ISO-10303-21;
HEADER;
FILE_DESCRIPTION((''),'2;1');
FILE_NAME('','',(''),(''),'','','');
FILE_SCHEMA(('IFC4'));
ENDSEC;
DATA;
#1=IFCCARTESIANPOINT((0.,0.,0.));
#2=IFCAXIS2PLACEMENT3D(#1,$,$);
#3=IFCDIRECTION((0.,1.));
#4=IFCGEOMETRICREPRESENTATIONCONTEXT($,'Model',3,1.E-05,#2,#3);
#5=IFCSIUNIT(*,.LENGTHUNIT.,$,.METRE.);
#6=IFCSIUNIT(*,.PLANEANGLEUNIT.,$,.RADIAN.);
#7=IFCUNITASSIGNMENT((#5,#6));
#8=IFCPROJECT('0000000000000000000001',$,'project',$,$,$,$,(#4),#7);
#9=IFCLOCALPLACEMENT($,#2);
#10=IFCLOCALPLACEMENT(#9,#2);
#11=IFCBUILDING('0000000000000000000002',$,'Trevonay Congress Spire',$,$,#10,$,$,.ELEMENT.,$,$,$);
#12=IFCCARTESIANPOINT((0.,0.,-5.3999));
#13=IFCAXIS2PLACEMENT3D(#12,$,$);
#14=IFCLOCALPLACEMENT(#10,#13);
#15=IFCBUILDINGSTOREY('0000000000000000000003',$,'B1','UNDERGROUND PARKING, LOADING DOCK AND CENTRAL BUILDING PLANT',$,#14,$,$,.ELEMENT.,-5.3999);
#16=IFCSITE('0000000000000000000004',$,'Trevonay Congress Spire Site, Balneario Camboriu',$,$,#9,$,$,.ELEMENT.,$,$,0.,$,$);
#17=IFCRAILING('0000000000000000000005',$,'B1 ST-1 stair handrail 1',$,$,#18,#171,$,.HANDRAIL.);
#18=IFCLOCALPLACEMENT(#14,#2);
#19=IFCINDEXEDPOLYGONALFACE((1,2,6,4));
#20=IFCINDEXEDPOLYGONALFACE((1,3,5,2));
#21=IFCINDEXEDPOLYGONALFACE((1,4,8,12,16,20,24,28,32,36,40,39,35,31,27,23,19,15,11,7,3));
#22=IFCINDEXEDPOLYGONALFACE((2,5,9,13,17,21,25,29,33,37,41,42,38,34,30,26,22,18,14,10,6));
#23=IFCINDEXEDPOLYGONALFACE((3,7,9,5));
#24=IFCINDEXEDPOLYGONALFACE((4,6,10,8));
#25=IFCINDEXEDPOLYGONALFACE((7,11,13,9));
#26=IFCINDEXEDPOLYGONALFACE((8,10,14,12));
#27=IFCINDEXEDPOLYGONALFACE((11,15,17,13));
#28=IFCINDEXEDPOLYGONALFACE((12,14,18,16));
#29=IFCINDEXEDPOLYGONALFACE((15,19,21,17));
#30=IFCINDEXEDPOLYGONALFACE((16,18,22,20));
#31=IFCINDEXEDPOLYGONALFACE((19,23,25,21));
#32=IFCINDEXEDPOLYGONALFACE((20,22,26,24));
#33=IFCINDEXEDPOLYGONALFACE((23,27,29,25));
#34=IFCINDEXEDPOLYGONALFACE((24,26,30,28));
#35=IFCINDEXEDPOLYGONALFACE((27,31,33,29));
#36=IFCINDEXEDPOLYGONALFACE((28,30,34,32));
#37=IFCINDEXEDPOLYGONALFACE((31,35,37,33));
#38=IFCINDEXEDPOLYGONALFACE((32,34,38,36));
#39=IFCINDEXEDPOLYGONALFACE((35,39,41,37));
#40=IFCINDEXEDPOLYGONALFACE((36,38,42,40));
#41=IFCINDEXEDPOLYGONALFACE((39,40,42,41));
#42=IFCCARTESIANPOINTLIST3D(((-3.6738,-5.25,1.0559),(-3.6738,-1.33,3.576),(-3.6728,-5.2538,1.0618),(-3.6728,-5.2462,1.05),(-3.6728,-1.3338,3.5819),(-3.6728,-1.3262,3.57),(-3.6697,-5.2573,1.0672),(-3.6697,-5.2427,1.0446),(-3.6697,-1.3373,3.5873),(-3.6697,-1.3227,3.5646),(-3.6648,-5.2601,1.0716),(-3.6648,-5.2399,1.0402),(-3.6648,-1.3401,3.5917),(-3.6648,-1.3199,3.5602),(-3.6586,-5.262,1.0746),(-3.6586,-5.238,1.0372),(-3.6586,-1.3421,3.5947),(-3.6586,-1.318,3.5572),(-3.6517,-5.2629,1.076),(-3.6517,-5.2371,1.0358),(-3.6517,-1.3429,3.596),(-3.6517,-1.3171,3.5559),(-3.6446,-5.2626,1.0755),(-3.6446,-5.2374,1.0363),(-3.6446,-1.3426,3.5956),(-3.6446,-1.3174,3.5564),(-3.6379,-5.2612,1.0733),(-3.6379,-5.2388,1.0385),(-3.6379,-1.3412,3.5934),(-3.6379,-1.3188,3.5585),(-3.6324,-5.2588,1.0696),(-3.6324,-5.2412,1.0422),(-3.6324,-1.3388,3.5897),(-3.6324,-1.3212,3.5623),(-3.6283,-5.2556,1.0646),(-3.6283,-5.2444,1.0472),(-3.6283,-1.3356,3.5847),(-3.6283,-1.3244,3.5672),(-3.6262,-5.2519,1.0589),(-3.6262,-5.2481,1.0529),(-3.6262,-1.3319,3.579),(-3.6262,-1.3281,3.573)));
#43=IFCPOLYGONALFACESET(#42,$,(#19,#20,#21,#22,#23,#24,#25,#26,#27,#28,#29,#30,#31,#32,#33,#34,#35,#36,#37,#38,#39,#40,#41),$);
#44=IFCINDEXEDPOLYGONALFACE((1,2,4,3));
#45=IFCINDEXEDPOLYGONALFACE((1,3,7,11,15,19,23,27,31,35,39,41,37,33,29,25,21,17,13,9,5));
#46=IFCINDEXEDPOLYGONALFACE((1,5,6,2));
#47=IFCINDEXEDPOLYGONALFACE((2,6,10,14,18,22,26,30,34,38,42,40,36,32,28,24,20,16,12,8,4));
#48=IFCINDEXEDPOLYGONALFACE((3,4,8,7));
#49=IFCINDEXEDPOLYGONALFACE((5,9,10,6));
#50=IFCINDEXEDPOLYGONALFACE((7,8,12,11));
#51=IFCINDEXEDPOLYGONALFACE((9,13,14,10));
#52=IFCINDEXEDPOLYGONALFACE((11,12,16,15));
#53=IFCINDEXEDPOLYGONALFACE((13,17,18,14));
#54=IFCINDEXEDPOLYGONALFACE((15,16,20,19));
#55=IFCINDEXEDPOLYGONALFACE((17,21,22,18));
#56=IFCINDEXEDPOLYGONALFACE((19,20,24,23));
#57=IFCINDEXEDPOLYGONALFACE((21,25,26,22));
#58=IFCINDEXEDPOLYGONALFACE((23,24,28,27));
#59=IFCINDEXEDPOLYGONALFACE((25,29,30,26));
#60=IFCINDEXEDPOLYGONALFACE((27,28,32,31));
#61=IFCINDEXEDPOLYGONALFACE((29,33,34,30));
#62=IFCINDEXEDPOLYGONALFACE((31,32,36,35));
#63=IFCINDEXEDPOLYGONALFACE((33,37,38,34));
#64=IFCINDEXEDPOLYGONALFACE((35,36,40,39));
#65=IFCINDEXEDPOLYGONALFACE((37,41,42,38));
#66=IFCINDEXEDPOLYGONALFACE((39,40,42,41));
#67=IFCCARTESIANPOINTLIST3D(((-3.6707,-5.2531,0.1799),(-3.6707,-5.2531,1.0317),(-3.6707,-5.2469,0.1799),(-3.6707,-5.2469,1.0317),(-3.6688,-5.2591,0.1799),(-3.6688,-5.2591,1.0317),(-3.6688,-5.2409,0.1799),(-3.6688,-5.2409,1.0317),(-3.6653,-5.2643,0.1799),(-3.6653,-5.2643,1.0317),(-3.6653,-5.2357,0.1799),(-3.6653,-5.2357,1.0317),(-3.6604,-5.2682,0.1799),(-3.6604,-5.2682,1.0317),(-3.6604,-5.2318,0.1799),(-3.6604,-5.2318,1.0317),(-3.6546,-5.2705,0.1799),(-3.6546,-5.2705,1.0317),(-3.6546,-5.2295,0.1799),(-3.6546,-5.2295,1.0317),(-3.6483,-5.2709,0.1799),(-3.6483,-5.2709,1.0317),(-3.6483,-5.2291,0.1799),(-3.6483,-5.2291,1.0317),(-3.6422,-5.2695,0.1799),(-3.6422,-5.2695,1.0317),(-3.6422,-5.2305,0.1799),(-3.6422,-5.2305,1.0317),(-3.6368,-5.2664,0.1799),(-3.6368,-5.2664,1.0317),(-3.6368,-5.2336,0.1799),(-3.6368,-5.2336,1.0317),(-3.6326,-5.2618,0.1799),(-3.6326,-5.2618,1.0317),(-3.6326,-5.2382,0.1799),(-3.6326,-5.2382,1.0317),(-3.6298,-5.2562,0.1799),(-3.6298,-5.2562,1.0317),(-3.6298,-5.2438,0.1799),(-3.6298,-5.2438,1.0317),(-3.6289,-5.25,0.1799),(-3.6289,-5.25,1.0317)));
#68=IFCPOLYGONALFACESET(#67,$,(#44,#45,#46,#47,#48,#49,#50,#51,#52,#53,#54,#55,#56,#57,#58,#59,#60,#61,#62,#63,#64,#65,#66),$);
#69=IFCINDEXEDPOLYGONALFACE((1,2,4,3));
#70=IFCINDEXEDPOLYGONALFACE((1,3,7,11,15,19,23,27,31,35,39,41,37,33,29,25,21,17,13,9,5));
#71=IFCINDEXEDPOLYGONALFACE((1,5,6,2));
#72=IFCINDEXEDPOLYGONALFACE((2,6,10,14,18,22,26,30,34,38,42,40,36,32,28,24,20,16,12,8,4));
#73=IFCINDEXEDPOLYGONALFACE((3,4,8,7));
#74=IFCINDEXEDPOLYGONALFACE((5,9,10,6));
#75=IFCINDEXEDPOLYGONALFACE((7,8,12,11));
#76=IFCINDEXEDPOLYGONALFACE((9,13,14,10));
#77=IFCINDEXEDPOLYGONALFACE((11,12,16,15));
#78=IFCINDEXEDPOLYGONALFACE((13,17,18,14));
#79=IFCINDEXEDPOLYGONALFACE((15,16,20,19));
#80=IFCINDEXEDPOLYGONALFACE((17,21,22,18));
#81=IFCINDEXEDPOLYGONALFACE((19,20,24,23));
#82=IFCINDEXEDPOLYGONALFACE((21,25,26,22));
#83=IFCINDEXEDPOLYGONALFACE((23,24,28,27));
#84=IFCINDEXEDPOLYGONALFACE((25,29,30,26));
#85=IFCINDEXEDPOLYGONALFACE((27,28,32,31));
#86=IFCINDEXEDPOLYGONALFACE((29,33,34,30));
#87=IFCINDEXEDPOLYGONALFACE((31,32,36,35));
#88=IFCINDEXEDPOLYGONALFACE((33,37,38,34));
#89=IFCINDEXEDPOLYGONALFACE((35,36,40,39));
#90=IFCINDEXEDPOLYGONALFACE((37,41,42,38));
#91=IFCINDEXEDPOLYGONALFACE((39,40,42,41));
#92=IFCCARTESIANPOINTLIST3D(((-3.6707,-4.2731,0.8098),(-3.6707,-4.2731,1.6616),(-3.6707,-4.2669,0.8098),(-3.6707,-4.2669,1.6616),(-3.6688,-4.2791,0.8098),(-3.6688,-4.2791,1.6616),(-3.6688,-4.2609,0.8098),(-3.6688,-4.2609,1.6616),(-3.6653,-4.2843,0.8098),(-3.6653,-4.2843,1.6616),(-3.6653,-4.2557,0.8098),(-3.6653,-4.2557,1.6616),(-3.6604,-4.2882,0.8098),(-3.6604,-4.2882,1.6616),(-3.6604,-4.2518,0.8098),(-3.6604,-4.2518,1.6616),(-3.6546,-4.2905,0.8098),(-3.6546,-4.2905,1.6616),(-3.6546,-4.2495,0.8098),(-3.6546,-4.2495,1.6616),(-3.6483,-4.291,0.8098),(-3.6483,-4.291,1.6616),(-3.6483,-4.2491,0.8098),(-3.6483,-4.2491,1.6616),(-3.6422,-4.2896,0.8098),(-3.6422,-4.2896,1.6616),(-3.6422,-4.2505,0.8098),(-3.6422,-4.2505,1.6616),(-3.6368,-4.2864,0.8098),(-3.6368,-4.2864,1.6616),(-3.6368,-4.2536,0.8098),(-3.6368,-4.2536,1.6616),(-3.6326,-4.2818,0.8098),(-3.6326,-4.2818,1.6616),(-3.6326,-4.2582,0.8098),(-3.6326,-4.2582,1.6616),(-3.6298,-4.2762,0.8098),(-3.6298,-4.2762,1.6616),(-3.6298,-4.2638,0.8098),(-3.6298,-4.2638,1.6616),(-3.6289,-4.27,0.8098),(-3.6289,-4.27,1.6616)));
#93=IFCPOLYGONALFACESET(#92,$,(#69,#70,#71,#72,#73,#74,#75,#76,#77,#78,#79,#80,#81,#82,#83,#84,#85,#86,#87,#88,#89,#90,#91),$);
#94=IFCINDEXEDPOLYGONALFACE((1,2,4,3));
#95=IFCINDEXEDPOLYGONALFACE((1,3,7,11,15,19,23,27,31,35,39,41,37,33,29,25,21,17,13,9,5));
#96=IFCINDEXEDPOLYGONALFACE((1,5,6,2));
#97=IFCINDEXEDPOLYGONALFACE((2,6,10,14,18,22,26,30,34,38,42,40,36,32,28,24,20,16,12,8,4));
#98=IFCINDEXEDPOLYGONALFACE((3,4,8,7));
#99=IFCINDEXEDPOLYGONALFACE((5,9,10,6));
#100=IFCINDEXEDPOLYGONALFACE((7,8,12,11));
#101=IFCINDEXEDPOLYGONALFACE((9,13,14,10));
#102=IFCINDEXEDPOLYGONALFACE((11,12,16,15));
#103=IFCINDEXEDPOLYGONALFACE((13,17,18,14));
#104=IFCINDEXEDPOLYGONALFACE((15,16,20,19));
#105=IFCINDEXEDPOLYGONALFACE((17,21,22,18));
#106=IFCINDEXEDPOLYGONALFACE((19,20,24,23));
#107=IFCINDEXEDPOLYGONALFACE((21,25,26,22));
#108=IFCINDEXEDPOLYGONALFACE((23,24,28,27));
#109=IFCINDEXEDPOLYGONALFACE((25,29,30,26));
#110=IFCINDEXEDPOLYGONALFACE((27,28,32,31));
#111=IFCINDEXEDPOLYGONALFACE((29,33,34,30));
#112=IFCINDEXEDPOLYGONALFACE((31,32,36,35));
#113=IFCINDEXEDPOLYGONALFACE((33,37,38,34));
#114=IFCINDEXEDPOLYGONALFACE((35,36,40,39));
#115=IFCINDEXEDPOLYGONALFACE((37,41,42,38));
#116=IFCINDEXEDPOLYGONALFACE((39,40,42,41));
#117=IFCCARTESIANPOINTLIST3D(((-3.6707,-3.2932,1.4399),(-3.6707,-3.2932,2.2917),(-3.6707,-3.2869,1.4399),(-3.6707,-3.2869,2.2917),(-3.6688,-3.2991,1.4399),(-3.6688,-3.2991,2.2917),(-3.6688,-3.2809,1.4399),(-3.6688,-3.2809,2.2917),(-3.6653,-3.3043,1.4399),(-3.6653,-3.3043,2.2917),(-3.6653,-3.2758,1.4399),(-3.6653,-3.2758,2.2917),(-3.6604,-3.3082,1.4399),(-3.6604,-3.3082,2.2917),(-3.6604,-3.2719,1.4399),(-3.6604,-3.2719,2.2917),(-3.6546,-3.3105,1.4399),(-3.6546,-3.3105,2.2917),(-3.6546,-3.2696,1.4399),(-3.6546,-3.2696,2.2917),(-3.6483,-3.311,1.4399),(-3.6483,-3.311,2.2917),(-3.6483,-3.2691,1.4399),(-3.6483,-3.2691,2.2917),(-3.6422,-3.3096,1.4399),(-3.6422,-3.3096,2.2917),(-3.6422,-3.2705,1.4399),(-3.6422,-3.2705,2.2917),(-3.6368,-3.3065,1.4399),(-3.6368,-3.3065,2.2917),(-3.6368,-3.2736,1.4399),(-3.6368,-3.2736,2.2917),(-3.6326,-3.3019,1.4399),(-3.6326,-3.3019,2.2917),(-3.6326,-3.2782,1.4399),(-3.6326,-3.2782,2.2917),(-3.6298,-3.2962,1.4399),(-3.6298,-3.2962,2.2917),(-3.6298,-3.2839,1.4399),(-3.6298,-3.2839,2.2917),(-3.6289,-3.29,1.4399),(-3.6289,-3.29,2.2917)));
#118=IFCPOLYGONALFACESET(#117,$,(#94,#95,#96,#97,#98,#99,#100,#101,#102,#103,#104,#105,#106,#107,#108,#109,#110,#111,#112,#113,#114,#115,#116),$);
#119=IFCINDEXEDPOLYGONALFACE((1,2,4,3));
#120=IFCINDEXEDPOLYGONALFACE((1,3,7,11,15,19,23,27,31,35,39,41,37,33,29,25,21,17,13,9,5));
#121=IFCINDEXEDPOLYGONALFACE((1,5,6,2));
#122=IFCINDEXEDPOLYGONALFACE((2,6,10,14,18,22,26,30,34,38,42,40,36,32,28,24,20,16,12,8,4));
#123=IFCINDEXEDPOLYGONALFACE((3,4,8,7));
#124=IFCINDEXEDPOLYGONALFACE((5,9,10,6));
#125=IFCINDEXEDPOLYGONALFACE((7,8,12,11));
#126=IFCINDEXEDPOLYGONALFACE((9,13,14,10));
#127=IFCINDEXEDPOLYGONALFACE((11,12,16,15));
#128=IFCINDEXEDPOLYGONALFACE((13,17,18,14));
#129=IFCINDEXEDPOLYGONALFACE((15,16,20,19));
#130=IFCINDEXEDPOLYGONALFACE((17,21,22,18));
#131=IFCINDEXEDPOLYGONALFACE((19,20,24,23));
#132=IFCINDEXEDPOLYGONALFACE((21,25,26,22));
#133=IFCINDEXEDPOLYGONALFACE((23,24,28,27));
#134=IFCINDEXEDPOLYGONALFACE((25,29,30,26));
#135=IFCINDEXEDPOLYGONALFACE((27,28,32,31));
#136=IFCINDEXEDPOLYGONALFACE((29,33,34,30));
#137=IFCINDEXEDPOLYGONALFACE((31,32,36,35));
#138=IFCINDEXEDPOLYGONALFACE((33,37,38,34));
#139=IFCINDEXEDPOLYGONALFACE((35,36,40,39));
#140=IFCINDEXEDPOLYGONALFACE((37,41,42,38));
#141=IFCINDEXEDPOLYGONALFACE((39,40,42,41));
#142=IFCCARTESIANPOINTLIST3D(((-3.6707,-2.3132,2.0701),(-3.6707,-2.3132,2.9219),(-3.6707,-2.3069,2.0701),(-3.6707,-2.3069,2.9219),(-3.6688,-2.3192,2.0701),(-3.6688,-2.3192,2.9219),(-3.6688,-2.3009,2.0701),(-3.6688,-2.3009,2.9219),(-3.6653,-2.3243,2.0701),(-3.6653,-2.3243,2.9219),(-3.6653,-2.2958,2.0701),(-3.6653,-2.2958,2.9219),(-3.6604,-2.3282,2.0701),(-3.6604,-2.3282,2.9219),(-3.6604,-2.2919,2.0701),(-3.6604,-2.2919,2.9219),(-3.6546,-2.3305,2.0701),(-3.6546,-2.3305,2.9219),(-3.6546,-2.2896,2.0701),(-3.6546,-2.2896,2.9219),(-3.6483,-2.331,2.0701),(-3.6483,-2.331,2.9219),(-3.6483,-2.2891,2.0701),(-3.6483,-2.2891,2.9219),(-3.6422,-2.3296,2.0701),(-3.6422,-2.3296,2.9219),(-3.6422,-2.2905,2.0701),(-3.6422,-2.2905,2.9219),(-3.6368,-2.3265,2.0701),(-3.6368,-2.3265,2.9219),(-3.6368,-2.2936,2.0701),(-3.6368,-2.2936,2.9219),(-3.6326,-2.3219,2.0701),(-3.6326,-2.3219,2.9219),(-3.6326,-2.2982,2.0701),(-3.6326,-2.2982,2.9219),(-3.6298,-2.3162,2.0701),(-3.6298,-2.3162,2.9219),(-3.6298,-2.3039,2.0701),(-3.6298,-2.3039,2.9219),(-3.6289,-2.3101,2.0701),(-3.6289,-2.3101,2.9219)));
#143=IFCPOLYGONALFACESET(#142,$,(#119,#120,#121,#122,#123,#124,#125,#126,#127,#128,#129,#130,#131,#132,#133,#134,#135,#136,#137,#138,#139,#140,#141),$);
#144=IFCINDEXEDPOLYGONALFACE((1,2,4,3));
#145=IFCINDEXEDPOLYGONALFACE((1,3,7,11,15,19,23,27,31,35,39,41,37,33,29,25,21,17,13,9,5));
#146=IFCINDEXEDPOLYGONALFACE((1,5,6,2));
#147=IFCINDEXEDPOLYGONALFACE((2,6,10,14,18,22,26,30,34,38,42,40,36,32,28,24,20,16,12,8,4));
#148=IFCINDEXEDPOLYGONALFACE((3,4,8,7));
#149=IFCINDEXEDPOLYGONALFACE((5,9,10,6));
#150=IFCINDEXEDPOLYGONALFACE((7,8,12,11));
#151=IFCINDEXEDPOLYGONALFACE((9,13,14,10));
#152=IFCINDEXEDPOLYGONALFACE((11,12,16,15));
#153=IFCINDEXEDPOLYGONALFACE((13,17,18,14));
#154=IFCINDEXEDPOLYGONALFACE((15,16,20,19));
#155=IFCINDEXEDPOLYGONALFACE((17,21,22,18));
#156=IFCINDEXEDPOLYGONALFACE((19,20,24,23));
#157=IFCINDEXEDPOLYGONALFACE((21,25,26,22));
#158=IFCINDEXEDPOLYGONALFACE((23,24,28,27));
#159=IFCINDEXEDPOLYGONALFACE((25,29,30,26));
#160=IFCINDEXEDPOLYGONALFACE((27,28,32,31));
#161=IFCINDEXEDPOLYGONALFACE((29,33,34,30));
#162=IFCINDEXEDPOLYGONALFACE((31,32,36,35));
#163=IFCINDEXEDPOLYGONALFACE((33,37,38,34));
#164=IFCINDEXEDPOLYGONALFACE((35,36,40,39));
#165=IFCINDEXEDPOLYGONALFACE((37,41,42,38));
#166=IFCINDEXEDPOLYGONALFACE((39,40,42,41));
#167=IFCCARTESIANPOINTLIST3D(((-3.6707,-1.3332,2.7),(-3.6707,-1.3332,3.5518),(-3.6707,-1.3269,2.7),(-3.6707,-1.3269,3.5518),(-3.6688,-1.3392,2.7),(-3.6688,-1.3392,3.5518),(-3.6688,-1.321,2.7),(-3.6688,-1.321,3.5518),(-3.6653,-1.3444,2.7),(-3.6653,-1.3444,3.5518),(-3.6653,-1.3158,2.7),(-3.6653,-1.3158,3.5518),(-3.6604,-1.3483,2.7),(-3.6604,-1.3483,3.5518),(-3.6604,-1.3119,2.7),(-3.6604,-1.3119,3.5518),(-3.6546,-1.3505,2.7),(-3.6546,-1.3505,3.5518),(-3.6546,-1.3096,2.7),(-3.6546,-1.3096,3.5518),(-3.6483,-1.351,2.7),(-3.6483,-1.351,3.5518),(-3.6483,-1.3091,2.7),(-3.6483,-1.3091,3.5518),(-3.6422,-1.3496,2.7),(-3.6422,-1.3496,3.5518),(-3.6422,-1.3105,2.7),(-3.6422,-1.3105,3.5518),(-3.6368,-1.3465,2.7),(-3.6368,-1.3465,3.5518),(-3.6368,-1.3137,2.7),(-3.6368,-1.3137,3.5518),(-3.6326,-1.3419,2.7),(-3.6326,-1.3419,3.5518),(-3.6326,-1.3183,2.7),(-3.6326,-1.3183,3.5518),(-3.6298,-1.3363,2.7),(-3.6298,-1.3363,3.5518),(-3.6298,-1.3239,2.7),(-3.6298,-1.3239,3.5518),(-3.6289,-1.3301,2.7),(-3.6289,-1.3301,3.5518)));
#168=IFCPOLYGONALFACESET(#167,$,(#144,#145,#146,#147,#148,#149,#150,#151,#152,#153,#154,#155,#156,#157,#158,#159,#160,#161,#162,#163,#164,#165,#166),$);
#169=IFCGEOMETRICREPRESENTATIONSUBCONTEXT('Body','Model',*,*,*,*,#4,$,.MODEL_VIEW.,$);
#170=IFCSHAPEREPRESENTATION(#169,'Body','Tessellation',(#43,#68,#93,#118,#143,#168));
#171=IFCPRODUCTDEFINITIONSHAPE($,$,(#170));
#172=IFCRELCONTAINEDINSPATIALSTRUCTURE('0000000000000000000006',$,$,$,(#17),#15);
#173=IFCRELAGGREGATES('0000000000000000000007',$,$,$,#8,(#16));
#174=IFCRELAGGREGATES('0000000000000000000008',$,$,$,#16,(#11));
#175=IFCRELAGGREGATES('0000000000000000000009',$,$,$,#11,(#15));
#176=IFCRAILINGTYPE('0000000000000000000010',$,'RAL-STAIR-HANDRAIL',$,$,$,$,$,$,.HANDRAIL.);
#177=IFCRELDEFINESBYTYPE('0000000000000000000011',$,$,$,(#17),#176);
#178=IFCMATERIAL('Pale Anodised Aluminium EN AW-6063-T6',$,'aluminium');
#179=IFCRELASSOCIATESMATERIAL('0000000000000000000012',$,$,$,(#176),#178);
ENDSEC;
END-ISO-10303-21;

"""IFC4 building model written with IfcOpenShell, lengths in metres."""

from ifc_helpers import new_model, si_unit, direction, frame, origin, origin_2d, place, context, subcontext, project, spatial, circle, extrude, material, type_object, element, save


model = new_model("IFC4")

# Units and contexts
model_context = context("Model", 3, precision=1e-05, world=origin(), true_north=direction((0.0, 1.0)))
body_context = subcontext(model_context, "Body", "Model", "MODEL_VIEW")
ifc_project = project(units=[si_unit("LENGTHUNIT", "METRE"), si_unit("PLANEANGLEUNIT", "RADIAN")], contexts=[model_context])

# Site, building, storey
site_placement = place(None, origin())
site = spatial("IfcSite", under=ifc_project, at=site_placement, Name="Trevonay Congress Spire Site, Balneario Camboriu", CompositionType="ELEMENT", RefElevation=0.0)
building_placement = place(site_placement, origin())
building = spatial("IfcBuilding", under=site, at=building_placement, Name="Trevonay Congress Spire", CompositionType="ELEMENT")
storey_placement = place(building_placement, frame((0.0, 0.0, -5.3999)))
storey = spatial("IfcBuildingStorey", under=building, at=storey_placement, Name="B1", Description="UNDERGROUND PARKING, LOADING DOCK AND CENTRAL BUILDING PLANT", CompositionType="ELEMENT", Elevation=-5.3999)

# Railing
ifc_material_1 = material(Name="Pale Anodised Aluminium EN AW-6063-T6", Category="aluminium")
railing_type_1 = type_object("IfcRailingType", Name="RAL-STAIR-HANDRAIL", PredefinedType="HANDRAIL", material=ifc_material_1)
railing_1_placement = place(storey_placement, frame((-3.6499, -5.25, 0.1799)))
element("IfcRailing", 1, at=railing_1_placement, inside=storey, type_object=railing_type_1, Name="B1 ST-1 stair handrail 1", PredefinedType="HANDRAIL", context=body_context, shape_type="SweptSolid", body=[
    extrude(circle(Radius=0.0239, at=origin_2d()), frame((0.0, 0.0, 0.876), z_axis=(0.0, 0.841172, 0.540768), x_axis=(-1.0, 0.0, 0.0)), (0.0, 0.0, 1.0), 4.6602),
    extrude(circle(Radius=0.021, at=origin_2d()), origin(), (0.0, 0.0, 1.0), 0.8518),
    extrude(circle(Radius=0.021, at=origin_2d()), frame((0.0, 0.98, 0.6299)), (0.0, 0.0, 1.0), 0.8518),
    extrude(circle(Radius=0.021, at=origin_2d()), frame((0.0, 1.96, 1.26)), (0.0, 0.0, 1.0), 0.8518),
    extrude(circle(Radius=0.021, at=origin_2d()), frame((0.0, 2.9399, 1.8901)), (0.0, 0.0, 1.0), 0.8518),
    extrude(circle(Radius=0.021, at=origin_2d()), frame((0.0, 3.9199, 2.52)), (0.0, 0.0, 1.0), 0.8518),
])

save(model, "model.ifc")
